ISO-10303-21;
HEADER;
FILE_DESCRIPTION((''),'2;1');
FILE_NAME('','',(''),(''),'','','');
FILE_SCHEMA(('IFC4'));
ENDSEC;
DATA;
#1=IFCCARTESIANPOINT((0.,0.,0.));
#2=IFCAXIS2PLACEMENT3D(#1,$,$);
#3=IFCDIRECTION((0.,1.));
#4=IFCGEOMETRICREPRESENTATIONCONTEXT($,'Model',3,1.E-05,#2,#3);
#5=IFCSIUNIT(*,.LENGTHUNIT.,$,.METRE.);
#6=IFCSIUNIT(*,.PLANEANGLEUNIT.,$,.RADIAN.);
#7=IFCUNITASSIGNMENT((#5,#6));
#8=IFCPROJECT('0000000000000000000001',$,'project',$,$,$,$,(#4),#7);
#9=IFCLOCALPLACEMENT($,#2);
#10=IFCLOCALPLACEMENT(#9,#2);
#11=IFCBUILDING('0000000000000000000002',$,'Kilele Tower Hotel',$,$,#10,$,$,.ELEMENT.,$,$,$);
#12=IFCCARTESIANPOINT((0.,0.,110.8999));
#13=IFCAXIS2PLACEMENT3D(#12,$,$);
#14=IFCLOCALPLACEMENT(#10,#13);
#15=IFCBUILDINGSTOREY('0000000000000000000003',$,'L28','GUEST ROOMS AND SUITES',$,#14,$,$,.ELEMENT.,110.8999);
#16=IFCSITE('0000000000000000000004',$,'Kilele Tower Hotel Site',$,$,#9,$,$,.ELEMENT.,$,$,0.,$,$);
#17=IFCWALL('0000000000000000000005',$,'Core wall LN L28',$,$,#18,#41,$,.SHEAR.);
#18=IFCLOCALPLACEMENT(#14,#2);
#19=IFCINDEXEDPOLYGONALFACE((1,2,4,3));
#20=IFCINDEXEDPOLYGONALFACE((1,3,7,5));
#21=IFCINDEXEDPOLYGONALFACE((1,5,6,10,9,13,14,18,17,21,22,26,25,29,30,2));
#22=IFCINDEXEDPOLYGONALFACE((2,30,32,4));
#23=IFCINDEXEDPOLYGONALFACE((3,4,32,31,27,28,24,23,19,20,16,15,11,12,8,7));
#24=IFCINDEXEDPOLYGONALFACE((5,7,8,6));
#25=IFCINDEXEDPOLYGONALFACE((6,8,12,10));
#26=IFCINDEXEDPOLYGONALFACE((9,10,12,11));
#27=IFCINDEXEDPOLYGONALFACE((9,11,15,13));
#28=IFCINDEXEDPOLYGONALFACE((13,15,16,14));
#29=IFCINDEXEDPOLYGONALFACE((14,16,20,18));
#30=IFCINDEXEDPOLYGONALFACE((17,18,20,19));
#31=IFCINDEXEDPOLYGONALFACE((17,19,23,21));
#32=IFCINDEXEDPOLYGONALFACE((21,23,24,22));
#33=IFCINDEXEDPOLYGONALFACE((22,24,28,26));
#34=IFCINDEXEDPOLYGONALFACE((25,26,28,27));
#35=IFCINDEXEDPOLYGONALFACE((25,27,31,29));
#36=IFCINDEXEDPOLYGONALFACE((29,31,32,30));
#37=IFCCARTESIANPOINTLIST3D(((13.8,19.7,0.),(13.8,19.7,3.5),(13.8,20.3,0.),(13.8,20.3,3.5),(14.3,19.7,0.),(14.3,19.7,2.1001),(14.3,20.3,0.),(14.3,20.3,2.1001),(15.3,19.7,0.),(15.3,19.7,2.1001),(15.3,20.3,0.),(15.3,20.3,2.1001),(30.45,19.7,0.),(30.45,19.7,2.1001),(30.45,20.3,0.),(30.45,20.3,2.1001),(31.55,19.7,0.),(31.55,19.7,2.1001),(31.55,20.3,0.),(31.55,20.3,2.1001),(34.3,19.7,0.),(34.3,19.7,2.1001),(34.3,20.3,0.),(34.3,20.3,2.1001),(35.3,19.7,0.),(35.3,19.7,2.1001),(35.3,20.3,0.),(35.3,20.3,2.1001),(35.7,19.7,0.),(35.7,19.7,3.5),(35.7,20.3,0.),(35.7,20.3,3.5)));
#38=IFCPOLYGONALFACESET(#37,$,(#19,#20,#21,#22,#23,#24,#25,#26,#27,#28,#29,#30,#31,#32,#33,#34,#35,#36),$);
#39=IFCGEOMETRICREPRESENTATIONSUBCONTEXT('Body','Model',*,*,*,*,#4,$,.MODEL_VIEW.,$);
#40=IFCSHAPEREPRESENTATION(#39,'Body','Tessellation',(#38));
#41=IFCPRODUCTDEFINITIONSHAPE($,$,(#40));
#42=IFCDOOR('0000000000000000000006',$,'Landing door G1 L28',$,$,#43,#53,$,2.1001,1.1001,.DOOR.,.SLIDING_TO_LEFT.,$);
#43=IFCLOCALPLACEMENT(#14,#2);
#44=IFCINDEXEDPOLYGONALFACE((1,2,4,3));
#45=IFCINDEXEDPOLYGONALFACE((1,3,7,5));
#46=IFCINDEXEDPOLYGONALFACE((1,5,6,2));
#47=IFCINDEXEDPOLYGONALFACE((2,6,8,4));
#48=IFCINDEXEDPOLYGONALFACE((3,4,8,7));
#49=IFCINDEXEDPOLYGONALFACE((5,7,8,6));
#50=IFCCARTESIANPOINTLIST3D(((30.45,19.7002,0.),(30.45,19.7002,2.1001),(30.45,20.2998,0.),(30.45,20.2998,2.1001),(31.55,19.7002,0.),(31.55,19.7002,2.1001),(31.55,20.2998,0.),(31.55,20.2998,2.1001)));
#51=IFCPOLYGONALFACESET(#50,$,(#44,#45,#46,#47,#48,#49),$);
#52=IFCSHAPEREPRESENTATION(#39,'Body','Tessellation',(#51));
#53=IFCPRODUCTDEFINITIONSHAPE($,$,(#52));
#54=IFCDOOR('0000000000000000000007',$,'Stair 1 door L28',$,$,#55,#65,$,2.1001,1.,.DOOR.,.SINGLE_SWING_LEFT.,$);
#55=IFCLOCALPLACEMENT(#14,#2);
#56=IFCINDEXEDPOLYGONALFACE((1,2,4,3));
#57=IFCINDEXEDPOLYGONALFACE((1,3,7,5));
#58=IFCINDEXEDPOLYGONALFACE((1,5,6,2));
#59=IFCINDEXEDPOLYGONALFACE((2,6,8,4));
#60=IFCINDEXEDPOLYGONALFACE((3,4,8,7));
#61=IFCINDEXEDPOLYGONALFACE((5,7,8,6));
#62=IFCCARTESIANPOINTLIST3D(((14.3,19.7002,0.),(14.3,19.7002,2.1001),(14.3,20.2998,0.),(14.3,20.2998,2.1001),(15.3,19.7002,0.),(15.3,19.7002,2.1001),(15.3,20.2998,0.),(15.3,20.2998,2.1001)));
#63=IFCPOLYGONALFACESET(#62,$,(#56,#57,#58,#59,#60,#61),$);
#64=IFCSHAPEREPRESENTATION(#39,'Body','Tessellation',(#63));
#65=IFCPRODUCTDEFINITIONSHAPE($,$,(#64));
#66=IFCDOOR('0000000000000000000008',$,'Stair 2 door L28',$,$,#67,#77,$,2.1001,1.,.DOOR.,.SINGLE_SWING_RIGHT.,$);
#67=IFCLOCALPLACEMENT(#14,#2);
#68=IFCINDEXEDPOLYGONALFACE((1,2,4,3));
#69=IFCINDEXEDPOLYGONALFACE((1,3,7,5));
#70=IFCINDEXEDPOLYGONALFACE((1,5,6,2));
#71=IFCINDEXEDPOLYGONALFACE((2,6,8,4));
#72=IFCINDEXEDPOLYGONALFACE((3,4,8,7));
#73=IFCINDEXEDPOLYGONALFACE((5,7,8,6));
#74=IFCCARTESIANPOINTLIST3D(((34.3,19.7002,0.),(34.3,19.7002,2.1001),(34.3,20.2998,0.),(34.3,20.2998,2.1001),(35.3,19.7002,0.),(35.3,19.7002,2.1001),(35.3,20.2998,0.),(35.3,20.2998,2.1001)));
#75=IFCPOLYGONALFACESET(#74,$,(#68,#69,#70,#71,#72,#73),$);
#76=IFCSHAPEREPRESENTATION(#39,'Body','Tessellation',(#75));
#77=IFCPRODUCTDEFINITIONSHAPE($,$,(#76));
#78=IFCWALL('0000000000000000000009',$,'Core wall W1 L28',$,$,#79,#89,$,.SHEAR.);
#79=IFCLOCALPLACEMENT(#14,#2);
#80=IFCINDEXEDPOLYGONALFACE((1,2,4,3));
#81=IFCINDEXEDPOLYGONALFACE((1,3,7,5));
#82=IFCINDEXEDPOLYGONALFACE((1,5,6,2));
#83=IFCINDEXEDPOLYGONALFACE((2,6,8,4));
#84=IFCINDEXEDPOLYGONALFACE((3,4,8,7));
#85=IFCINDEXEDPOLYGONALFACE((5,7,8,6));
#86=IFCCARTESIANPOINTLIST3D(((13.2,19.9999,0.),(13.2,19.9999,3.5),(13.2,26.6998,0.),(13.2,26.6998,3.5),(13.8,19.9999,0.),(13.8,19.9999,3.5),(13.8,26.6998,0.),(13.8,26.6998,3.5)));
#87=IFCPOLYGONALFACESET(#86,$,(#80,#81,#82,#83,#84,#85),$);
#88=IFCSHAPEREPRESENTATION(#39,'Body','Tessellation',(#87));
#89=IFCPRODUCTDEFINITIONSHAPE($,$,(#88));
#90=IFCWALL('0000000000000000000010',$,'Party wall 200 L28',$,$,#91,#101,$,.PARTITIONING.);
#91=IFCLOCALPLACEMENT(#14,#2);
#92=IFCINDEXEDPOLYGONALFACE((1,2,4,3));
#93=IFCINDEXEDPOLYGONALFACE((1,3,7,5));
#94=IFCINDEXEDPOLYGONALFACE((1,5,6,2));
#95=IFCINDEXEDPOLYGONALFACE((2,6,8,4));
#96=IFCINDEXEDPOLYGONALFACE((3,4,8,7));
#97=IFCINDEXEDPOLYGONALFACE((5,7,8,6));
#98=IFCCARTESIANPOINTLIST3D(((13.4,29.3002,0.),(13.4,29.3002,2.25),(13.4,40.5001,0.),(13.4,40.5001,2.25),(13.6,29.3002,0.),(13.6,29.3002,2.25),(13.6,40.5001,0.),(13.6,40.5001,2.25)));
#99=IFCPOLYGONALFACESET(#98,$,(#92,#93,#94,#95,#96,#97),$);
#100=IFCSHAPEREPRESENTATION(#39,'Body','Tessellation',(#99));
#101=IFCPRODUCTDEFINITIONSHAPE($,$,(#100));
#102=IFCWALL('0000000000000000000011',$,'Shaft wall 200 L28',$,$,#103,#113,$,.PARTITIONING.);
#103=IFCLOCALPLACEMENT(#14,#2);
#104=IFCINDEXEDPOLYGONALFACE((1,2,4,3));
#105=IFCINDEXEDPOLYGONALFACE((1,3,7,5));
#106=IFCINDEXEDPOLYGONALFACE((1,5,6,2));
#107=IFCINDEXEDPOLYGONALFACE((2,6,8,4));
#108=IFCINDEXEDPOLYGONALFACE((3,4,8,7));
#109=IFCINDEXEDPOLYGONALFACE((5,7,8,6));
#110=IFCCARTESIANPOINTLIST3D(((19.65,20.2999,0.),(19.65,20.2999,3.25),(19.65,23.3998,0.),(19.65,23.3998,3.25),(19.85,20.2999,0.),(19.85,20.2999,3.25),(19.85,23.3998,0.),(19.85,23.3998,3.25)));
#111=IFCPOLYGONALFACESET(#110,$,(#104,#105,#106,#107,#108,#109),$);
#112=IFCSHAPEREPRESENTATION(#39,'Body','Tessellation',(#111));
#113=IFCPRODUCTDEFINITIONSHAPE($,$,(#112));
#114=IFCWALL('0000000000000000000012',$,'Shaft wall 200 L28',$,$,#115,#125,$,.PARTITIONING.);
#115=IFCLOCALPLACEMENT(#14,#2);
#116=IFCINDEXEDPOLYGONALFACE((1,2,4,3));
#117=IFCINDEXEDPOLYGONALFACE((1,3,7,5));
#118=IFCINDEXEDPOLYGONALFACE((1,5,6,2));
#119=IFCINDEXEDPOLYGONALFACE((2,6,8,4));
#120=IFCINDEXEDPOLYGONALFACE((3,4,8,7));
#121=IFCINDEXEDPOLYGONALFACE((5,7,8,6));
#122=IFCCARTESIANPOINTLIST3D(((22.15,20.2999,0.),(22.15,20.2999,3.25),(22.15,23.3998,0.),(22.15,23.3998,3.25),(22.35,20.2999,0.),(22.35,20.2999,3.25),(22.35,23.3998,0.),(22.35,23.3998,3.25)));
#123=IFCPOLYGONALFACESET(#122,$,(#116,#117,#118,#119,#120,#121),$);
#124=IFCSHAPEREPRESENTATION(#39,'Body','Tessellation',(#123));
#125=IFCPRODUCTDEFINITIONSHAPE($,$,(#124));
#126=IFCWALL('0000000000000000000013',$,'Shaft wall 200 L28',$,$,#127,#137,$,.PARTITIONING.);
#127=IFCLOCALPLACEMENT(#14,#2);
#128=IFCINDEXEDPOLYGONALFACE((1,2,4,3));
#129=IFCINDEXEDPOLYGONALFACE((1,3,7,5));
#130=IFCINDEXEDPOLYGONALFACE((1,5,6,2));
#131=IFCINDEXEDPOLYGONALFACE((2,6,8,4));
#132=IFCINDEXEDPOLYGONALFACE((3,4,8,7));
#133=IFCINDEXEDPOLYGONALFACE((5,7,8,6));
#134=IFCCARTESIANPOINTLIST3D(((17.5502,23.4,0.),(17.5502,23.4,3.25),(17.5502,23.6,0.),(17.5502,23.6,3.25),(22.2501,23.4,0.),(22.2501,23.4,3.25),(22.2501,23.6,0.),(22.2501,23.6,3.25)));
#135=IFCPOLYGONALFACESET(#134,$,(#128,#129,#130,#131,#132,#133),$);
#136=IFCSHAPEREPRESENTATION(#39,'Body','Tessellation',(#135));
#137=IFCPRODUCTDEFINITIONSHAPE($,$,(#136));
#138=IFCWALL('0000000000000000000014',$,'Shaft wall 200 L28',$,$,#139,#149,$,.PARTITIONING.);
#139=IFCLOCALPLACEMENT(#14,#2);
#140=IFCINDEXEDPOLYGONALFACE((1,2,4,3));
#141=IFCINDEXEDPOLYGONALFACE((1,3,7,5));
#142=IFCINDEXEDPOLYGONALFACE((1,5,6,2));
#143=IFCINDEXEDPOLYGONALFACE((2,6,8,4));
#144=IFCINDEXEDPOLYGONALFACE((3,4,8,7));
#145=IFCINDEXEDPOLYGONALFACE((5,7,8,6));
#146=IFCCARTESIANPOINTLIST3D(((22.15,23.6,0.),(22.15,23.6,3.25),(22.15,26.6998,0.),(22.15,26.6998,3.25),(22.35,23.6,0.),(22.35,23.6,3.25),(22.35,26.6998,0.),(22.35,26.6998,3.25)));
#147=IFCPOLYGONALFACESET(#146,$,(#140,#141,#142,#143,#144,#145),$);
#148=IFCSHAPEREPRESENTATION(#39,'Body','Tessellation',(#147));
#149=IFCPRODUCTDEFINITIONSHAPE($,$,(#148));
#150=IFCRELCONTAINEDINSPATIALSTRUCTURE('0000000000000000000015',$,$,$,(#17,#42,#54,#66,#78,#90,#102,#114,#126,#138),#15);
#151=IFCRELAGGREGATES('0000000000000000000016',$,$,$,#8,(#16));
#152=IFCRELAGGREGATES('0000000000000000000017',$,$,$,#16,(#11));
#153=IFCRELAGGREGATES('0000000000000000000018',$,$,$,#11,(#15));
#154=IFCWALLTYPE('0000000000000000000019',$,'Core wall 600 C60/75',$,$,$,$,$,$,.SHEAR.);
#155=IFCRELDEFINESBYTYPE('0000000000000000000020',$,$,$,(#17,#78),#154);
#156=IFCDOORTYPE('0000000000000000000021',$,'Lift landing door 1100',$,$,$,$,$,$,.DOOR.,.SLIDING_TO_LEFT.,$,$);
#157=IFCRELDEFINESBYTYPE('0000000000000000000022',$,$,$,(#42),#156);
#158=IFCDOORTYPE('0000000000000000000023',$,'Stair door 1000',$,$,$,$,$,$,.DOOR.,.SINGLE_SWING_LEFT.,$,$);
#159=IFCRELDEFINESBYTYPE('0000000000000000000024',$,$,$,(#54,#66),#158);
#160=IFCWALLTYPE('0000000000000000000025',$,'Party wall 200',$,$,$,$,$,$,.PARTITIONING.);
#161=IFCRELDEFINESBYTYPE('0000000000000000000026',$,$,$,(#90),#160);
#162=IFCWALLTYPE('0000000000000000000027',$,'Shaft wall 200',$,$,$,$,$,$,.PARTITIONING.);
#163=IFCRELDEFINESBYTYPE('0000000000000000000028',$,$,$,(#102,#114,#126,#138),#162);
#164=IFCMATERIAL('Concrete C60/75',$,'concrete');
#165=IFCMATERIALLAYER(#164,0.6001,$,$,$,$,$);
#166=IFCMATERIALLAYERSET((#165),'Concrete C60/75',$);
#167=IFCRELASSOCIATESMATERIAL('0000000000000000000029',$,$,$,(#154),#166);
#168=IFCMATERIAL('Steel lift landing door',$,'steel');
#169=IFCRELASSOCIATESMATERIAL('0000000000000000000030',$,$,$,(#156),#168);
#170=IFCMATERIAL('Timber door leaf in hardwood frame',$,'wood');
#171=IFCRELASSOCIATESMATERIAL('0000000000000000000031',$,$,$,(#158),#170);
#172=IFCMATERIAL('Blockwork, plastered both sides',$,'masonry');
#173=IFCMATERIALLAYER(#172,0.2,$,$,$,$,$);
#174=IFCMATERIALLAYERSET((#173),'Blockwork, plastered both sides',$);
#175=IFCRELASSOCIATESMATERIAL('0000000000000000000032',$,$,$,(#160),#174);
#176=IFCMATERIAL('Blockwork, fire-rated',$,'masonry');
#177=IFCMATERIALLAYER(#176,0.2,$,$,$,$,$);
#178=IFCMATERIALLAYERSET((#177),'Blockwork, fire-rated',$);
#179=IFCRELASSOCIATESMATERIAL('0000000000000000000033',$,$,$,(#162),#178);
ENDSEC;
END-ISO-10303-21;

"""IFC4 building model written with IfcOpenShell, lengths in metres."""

from ifc_helpers import new_model, si_unit, direction, frame, frame_2d, origin, place, context, subcontext, project, spatial, rectangle, extrude, material, layer, layer_set, type_object, element, fill, save


model = new_model("IFC4")

# Units and contexts
model_context = context("Model", 3, precision=1e-05, world=origin(), true_north=direction((0.0, 1.0)))
body_context = subcontext(model_context, "Body", "Model", "MODEL_VIEW")
ifc_project = project(units=[si_unit("LENGTHUNIT", "METRE"), si_unit("PLANEANGLEUNIT", "RADIAN")], contexts=[model_context])

# Site, building, storey
site_placement = place(None, origin())
site = spatial("IfcSite", under=ifc_project, at=site_placement, Name="Kilele Tower Hotel Site", CompositionType="ELEMENT", RefElevation=0.0)
building_placement = place(site_placement, origin())
building = spatial("IfcBuilding", under=site, at=building_placement, Name="Kilele Tower Hotel", CompositionType="ELEMENT")
storey_placement = place(building_placement, frame((0.0, 0.0, 110.8999)))
storey = spatial("IfcBuildingStorey", under=building, at=storey_placement, Name="L28", Description="GUEST ROOMS AND SUITES", CompositionType="ELEMENT", Elevation=110.8999)

# Wall, openings, doors
ifc_material_1 = material(Name="Concrete C60/75", Category="concrete")
ifc_layer_1 = layer(ifc_material_1, 0.6001)
ifc_layer_set_1 = layer_set([ifc_layer_1], Name="Concrete C60/75")
wall_type_1 = type_object("IfcWallType", Name="Core wall 600 C60/75", PredefinedType="SHEAR", material=ifc_layer_set_1)
wall_1_placement = place(storey_placement, frame((13.8, 20.0, 0.0), z_axis=(0.0, 0.0, 1.0), x_axis=(1.0, 0.0, 0.0)))
wall_1 = element("IfcWall", 1, at=wall_1_placement, inside=storey, type_object=wall_type_1, Name="Core wall LN L28", PredefinedType="SHEAR", context=body_context, shape_type="SweptSolid", body=[
    extrude(rectangle(XDim=21.8999, YDim=0.6001, at=frame_2d((10.95, 0.0))), origin(), (0.0, 0.0, 1.0), 3.5),
])
opening_1_placement = place(wall_1_placement, frame((0.5, 0.0, 0.0)))
opening_1 = element("IfcOpeningElement", 2, at=opening_1_placement, cuts=wall_1, PredefinedType="OPENING", context=body_context, shape_type="SweptSolid", body=[
    extrude(rectangle(XDim=1.0, YDim=2.1001, at=frame_2d((0.5, 1.05))), frame((0.0, 0.3101, 0.0), z_axis=(0.0, -1.0, 0.0), x_axis=(1.0, 0.0, 0.0)), (0.0, 0.0, 1.0), 0.6201),
])
opening_2_placement = place(wall_1_placement, frame((20.5, 0.0, 0.0)))
opening_2 = element("IfcOpeningElement", 3, at=opening_2_placement, cuts=wall_1, PredefinedType="OPENING", context=body_context, shape_type="SweptSolid", body=[
    extrude(rectangle(XDim=1.0, YDim=2.1001, at=frame_2d((0.5, 1.05))), frame((0.0, 0.3101, 0.0), z_axis=(0.0, -1.0, 0.0), x_axis=(1.0, 0.0, 0.0)), (0.0, 0.0, 1.0), 0.6201),
])
opening_3_placement = place(wall_1_placement, frame((16.6499, 0.0, 0.0)))
opening_3 = element("IfcOpeningElement", 4, at=opening_3_placement, cuts=wall_1, PredefinedType="OPENING", context=body_context, shape_type="SweptSolid", body=[
    extrude(rectangle(XDim=1.1001, YDim=2.1001, at=frame_2d((0.55, 1.05))), frame((0.0, 0.3101, 0.0), z_axis=(0.0, -1.0, 0.0), x_axis=(1.0, 0.0, 0.0)), (0.0, 0.0, 1.0), 0.6201),
])
ifc_material_2 = material(Name="Steel lift landing door", Category="steel")
door_type_1 = type_object("IfcDoorType", Name="Lift landing door 1100", OperationType="SLIDING_TO_LEFT", PredefinedType="DOOR", material=ifc_material_2)
door_1_placement = place(opening_3_placement, origin())
door_1 = element("IfcDoor", 5, at=door_1_placement, inside=storey, type_object=door_type_1, Name="Landing door G1 L28", OperationType="SLIDING_TO_LEFT", OverallHeight=2.1001, OverallWidth=1.1001, PredefinedType="DOOR", context=body_context, shape_type="SweptSolid", body=[
    extrude(rectangle(XDim=1.1001, YDim=2.1001, at=frame_2d((0.55, 1.05))), frame((0.0, 0.2998, 0.0), z_axis=(0.0, -1.0, 0.0), x_axis=(1.0, 0.0, 0.0)), (0.0, 0.0, 1.0), 0.5996),
])
fill(opening_3, door_1)
ifc_material_3 = material(Name="Timber door leaf in hardwood frame", Category="wood")
door_type_2 = type_object("IfcDoorType", Name="Stair door 1000", OperationType="SINGLE_SWING_LEFT", PredefinedType="DOOR", material=ifc_material_3)
door_2_placement = place(opening_1_placement, origin())
door_2 = element("IfcDoor", 6, at=door_2_placement, inside=storey, type_object=door_type_2, Name="Stair 1 door L28", OperationType="SINGLE_SWING_LEFT", OverallHeight=2.1001, OverallWidth=1.0, PredefinedType="DOOR", context=body_context, shape_type="SweptSolid", body=[
    extrude(rectangle(XDim=1.0, YDim=2.1001, at=frame_2d((0.5, 1.05))), frame((0.0, 0.2998, 0.0), z_axis=(0.0, -1.0, 0.0), x_axis=(1.0, 0.0, 0.0)), (0.0, 0.0, 1.0), 0.5996),
])
fill(opening_1, door_2)
door_3_placement = place(opening_2_placement, origin())
door_3 = element("IfcDoor", 7, at=door_3_placement, inside=storey, type_object=door_type_2, Name="Stair 2 door L28", OperationType="SINGLE_SWING_RIGHT", OverallHeight=2.1001, OverallWidth=1.0, PredefinedType="DOOR", context=body_context, shape_type="SweptSolid", body=[
    extrude(rectangle(XDim=1.0, YDim=2.1001, at=frame_2d((0.5, 1.05))), frame((0.0, 0.2998, 0.0), z_axis=(0.0, -1.0, 0.0), x_axis=(1.0, 0.0, 0.0)), (0.0, 0.0, 1.0), 0.5996),
])
fill(opening_2, door_3)

# Walls
wall_2_placement = place(storey_placement, frame((13.5, 26.7, 0.0), z_axis=(0.0, 0.0, 1.0), x_axis=(0.0, -1.0, 0.0)))
element("IfcWall", 8, at=wall_2_placement, inside=storey, type_object=wall_type_1, Name="Core wall W1 L28", PredefinedType="SHEAR", context=body_context, shape_type="SweptSolid", body=[
    extrude(rectangle(XDim=6.7, YDim=0.6001, at=frame_2d((3.3501, 0.0))), origin(), (0.0, 0.0, 1.0), 3.5),
])
ifc_material_4 = material(Name="Blockwork, plastered both sides", Category="masonry")
ifc_layer_2 = layer(ifc_material_4, 0.2)
ifc_layer_set_2 = layer_set([ifc_layer_2], Name="Blockwork, plastered both sides")
wall_type_2 = type_object("IfcWallType", Name="Party wall 200", PredefinedType="PARTITIONING", material=ifc_layer_set_2)
wall_3_placement = place(storey_placement, frame((13.5, 29.3, 0.0), z_axis=(0.0, 0.0, 1.0), x_axis=(0.0, 1.0, 0.0)))
element("IfcWall", 9, at=wall_3_placement, inside=storey, type_object=wall_type_2, Name="Party wall 200 L28", PredefinedType="PARTITIONING", context=body_context, shape_type="SweptSolid", body=[
    extrude(rectangle(XDim=11.2, YDim=0.2, at=frame_2d((5.6001, 0.0))), origin(), (0.0, 0.0, 1.0), 2.25),
])
ifc_material_5 = material(Name="Blockwork, fire-rated", Category="masonry")
ifc_layer_3 = layer(ifc_material_5, 0.2)
ifc_layer_set_3 = layer_set([ifc_layer_3], Name="Blockwork, fire-rated")
wall_type_3 = type_object("IfcWallType", Name="Shaft wall 200", PredefinedType="PARTITIONING", material=ifc_layer_set_3)
for number, where, z_axis, x_axis, name in (
    (10, (19.75, 20.3, 0.0), (0.0, 0.0, 1.0), (0.0, 1.0, 0.0), "Shaft wall 200 L28"),
    (11, (22.25, 20.3, 0.0), (0.0, 0.0, 1.0), (0.0, 1.0, 0.0), "Shaft wall 200 L28"),
):
    element("IfcWall", number, at=place(storey_placement, frame(where, z_axis=z_axis, x_axis=x_axis)), inside=storey, type_object=wall_type_3, Name=name, PredefinedType="PARTITIONING", context=body_context, shape_type="SweptSolid", body=[
        extrude(rectangle(XDim=3.0999, YDim=0.2, at=frame_2d((1.5498, 0.0))), origin(), (0.0, 0.0, 1.0), 3.25),
    ])
wall_4_placement = place(storey_placement, frame((17.55, 23.5, 0.0), z_axis=(0.0, 0.0, 1.0), x_axis=(1.0, 0.0, 0.0)))
element("IfcWall", 12, at=wall_4_placement, inside=storey, type_object=wall_type_3, Name="Shaft wall 200 L28", PredefinedType="PARTITIONING", context=body_context, shape_type="SweptSolid", body=[
    extrude(rectangle(XDim=4.7, YDim=0.2, at=frame_2d((2.3501, 0.0))), origin(), (0.0, 0.0, 1.0), 3.25),
])
wall_5_placement = place(storey_placement, frame((22.25, 23.6001, 0.0), z_axis=(0.0, 0.0, 1.0), x_axis=(0.0, 1.0, 0.0)))
element("IfcWall", 13, at=wall_5_placement, inside=storey, type_object=wall_type_3, Name="Shaft wall 200 L28", PredefinedType="PARTITIONING", context=body_context, shape_type="SweptSolid", body=[
    extrude(rectangle(XDim=3.0999, YDim=0.2, at=frame_2d((1.5498, 0.0))), origin(), (0.0, 0.0, 1.0), 3.25),
])

save(model, "model.ifc")
